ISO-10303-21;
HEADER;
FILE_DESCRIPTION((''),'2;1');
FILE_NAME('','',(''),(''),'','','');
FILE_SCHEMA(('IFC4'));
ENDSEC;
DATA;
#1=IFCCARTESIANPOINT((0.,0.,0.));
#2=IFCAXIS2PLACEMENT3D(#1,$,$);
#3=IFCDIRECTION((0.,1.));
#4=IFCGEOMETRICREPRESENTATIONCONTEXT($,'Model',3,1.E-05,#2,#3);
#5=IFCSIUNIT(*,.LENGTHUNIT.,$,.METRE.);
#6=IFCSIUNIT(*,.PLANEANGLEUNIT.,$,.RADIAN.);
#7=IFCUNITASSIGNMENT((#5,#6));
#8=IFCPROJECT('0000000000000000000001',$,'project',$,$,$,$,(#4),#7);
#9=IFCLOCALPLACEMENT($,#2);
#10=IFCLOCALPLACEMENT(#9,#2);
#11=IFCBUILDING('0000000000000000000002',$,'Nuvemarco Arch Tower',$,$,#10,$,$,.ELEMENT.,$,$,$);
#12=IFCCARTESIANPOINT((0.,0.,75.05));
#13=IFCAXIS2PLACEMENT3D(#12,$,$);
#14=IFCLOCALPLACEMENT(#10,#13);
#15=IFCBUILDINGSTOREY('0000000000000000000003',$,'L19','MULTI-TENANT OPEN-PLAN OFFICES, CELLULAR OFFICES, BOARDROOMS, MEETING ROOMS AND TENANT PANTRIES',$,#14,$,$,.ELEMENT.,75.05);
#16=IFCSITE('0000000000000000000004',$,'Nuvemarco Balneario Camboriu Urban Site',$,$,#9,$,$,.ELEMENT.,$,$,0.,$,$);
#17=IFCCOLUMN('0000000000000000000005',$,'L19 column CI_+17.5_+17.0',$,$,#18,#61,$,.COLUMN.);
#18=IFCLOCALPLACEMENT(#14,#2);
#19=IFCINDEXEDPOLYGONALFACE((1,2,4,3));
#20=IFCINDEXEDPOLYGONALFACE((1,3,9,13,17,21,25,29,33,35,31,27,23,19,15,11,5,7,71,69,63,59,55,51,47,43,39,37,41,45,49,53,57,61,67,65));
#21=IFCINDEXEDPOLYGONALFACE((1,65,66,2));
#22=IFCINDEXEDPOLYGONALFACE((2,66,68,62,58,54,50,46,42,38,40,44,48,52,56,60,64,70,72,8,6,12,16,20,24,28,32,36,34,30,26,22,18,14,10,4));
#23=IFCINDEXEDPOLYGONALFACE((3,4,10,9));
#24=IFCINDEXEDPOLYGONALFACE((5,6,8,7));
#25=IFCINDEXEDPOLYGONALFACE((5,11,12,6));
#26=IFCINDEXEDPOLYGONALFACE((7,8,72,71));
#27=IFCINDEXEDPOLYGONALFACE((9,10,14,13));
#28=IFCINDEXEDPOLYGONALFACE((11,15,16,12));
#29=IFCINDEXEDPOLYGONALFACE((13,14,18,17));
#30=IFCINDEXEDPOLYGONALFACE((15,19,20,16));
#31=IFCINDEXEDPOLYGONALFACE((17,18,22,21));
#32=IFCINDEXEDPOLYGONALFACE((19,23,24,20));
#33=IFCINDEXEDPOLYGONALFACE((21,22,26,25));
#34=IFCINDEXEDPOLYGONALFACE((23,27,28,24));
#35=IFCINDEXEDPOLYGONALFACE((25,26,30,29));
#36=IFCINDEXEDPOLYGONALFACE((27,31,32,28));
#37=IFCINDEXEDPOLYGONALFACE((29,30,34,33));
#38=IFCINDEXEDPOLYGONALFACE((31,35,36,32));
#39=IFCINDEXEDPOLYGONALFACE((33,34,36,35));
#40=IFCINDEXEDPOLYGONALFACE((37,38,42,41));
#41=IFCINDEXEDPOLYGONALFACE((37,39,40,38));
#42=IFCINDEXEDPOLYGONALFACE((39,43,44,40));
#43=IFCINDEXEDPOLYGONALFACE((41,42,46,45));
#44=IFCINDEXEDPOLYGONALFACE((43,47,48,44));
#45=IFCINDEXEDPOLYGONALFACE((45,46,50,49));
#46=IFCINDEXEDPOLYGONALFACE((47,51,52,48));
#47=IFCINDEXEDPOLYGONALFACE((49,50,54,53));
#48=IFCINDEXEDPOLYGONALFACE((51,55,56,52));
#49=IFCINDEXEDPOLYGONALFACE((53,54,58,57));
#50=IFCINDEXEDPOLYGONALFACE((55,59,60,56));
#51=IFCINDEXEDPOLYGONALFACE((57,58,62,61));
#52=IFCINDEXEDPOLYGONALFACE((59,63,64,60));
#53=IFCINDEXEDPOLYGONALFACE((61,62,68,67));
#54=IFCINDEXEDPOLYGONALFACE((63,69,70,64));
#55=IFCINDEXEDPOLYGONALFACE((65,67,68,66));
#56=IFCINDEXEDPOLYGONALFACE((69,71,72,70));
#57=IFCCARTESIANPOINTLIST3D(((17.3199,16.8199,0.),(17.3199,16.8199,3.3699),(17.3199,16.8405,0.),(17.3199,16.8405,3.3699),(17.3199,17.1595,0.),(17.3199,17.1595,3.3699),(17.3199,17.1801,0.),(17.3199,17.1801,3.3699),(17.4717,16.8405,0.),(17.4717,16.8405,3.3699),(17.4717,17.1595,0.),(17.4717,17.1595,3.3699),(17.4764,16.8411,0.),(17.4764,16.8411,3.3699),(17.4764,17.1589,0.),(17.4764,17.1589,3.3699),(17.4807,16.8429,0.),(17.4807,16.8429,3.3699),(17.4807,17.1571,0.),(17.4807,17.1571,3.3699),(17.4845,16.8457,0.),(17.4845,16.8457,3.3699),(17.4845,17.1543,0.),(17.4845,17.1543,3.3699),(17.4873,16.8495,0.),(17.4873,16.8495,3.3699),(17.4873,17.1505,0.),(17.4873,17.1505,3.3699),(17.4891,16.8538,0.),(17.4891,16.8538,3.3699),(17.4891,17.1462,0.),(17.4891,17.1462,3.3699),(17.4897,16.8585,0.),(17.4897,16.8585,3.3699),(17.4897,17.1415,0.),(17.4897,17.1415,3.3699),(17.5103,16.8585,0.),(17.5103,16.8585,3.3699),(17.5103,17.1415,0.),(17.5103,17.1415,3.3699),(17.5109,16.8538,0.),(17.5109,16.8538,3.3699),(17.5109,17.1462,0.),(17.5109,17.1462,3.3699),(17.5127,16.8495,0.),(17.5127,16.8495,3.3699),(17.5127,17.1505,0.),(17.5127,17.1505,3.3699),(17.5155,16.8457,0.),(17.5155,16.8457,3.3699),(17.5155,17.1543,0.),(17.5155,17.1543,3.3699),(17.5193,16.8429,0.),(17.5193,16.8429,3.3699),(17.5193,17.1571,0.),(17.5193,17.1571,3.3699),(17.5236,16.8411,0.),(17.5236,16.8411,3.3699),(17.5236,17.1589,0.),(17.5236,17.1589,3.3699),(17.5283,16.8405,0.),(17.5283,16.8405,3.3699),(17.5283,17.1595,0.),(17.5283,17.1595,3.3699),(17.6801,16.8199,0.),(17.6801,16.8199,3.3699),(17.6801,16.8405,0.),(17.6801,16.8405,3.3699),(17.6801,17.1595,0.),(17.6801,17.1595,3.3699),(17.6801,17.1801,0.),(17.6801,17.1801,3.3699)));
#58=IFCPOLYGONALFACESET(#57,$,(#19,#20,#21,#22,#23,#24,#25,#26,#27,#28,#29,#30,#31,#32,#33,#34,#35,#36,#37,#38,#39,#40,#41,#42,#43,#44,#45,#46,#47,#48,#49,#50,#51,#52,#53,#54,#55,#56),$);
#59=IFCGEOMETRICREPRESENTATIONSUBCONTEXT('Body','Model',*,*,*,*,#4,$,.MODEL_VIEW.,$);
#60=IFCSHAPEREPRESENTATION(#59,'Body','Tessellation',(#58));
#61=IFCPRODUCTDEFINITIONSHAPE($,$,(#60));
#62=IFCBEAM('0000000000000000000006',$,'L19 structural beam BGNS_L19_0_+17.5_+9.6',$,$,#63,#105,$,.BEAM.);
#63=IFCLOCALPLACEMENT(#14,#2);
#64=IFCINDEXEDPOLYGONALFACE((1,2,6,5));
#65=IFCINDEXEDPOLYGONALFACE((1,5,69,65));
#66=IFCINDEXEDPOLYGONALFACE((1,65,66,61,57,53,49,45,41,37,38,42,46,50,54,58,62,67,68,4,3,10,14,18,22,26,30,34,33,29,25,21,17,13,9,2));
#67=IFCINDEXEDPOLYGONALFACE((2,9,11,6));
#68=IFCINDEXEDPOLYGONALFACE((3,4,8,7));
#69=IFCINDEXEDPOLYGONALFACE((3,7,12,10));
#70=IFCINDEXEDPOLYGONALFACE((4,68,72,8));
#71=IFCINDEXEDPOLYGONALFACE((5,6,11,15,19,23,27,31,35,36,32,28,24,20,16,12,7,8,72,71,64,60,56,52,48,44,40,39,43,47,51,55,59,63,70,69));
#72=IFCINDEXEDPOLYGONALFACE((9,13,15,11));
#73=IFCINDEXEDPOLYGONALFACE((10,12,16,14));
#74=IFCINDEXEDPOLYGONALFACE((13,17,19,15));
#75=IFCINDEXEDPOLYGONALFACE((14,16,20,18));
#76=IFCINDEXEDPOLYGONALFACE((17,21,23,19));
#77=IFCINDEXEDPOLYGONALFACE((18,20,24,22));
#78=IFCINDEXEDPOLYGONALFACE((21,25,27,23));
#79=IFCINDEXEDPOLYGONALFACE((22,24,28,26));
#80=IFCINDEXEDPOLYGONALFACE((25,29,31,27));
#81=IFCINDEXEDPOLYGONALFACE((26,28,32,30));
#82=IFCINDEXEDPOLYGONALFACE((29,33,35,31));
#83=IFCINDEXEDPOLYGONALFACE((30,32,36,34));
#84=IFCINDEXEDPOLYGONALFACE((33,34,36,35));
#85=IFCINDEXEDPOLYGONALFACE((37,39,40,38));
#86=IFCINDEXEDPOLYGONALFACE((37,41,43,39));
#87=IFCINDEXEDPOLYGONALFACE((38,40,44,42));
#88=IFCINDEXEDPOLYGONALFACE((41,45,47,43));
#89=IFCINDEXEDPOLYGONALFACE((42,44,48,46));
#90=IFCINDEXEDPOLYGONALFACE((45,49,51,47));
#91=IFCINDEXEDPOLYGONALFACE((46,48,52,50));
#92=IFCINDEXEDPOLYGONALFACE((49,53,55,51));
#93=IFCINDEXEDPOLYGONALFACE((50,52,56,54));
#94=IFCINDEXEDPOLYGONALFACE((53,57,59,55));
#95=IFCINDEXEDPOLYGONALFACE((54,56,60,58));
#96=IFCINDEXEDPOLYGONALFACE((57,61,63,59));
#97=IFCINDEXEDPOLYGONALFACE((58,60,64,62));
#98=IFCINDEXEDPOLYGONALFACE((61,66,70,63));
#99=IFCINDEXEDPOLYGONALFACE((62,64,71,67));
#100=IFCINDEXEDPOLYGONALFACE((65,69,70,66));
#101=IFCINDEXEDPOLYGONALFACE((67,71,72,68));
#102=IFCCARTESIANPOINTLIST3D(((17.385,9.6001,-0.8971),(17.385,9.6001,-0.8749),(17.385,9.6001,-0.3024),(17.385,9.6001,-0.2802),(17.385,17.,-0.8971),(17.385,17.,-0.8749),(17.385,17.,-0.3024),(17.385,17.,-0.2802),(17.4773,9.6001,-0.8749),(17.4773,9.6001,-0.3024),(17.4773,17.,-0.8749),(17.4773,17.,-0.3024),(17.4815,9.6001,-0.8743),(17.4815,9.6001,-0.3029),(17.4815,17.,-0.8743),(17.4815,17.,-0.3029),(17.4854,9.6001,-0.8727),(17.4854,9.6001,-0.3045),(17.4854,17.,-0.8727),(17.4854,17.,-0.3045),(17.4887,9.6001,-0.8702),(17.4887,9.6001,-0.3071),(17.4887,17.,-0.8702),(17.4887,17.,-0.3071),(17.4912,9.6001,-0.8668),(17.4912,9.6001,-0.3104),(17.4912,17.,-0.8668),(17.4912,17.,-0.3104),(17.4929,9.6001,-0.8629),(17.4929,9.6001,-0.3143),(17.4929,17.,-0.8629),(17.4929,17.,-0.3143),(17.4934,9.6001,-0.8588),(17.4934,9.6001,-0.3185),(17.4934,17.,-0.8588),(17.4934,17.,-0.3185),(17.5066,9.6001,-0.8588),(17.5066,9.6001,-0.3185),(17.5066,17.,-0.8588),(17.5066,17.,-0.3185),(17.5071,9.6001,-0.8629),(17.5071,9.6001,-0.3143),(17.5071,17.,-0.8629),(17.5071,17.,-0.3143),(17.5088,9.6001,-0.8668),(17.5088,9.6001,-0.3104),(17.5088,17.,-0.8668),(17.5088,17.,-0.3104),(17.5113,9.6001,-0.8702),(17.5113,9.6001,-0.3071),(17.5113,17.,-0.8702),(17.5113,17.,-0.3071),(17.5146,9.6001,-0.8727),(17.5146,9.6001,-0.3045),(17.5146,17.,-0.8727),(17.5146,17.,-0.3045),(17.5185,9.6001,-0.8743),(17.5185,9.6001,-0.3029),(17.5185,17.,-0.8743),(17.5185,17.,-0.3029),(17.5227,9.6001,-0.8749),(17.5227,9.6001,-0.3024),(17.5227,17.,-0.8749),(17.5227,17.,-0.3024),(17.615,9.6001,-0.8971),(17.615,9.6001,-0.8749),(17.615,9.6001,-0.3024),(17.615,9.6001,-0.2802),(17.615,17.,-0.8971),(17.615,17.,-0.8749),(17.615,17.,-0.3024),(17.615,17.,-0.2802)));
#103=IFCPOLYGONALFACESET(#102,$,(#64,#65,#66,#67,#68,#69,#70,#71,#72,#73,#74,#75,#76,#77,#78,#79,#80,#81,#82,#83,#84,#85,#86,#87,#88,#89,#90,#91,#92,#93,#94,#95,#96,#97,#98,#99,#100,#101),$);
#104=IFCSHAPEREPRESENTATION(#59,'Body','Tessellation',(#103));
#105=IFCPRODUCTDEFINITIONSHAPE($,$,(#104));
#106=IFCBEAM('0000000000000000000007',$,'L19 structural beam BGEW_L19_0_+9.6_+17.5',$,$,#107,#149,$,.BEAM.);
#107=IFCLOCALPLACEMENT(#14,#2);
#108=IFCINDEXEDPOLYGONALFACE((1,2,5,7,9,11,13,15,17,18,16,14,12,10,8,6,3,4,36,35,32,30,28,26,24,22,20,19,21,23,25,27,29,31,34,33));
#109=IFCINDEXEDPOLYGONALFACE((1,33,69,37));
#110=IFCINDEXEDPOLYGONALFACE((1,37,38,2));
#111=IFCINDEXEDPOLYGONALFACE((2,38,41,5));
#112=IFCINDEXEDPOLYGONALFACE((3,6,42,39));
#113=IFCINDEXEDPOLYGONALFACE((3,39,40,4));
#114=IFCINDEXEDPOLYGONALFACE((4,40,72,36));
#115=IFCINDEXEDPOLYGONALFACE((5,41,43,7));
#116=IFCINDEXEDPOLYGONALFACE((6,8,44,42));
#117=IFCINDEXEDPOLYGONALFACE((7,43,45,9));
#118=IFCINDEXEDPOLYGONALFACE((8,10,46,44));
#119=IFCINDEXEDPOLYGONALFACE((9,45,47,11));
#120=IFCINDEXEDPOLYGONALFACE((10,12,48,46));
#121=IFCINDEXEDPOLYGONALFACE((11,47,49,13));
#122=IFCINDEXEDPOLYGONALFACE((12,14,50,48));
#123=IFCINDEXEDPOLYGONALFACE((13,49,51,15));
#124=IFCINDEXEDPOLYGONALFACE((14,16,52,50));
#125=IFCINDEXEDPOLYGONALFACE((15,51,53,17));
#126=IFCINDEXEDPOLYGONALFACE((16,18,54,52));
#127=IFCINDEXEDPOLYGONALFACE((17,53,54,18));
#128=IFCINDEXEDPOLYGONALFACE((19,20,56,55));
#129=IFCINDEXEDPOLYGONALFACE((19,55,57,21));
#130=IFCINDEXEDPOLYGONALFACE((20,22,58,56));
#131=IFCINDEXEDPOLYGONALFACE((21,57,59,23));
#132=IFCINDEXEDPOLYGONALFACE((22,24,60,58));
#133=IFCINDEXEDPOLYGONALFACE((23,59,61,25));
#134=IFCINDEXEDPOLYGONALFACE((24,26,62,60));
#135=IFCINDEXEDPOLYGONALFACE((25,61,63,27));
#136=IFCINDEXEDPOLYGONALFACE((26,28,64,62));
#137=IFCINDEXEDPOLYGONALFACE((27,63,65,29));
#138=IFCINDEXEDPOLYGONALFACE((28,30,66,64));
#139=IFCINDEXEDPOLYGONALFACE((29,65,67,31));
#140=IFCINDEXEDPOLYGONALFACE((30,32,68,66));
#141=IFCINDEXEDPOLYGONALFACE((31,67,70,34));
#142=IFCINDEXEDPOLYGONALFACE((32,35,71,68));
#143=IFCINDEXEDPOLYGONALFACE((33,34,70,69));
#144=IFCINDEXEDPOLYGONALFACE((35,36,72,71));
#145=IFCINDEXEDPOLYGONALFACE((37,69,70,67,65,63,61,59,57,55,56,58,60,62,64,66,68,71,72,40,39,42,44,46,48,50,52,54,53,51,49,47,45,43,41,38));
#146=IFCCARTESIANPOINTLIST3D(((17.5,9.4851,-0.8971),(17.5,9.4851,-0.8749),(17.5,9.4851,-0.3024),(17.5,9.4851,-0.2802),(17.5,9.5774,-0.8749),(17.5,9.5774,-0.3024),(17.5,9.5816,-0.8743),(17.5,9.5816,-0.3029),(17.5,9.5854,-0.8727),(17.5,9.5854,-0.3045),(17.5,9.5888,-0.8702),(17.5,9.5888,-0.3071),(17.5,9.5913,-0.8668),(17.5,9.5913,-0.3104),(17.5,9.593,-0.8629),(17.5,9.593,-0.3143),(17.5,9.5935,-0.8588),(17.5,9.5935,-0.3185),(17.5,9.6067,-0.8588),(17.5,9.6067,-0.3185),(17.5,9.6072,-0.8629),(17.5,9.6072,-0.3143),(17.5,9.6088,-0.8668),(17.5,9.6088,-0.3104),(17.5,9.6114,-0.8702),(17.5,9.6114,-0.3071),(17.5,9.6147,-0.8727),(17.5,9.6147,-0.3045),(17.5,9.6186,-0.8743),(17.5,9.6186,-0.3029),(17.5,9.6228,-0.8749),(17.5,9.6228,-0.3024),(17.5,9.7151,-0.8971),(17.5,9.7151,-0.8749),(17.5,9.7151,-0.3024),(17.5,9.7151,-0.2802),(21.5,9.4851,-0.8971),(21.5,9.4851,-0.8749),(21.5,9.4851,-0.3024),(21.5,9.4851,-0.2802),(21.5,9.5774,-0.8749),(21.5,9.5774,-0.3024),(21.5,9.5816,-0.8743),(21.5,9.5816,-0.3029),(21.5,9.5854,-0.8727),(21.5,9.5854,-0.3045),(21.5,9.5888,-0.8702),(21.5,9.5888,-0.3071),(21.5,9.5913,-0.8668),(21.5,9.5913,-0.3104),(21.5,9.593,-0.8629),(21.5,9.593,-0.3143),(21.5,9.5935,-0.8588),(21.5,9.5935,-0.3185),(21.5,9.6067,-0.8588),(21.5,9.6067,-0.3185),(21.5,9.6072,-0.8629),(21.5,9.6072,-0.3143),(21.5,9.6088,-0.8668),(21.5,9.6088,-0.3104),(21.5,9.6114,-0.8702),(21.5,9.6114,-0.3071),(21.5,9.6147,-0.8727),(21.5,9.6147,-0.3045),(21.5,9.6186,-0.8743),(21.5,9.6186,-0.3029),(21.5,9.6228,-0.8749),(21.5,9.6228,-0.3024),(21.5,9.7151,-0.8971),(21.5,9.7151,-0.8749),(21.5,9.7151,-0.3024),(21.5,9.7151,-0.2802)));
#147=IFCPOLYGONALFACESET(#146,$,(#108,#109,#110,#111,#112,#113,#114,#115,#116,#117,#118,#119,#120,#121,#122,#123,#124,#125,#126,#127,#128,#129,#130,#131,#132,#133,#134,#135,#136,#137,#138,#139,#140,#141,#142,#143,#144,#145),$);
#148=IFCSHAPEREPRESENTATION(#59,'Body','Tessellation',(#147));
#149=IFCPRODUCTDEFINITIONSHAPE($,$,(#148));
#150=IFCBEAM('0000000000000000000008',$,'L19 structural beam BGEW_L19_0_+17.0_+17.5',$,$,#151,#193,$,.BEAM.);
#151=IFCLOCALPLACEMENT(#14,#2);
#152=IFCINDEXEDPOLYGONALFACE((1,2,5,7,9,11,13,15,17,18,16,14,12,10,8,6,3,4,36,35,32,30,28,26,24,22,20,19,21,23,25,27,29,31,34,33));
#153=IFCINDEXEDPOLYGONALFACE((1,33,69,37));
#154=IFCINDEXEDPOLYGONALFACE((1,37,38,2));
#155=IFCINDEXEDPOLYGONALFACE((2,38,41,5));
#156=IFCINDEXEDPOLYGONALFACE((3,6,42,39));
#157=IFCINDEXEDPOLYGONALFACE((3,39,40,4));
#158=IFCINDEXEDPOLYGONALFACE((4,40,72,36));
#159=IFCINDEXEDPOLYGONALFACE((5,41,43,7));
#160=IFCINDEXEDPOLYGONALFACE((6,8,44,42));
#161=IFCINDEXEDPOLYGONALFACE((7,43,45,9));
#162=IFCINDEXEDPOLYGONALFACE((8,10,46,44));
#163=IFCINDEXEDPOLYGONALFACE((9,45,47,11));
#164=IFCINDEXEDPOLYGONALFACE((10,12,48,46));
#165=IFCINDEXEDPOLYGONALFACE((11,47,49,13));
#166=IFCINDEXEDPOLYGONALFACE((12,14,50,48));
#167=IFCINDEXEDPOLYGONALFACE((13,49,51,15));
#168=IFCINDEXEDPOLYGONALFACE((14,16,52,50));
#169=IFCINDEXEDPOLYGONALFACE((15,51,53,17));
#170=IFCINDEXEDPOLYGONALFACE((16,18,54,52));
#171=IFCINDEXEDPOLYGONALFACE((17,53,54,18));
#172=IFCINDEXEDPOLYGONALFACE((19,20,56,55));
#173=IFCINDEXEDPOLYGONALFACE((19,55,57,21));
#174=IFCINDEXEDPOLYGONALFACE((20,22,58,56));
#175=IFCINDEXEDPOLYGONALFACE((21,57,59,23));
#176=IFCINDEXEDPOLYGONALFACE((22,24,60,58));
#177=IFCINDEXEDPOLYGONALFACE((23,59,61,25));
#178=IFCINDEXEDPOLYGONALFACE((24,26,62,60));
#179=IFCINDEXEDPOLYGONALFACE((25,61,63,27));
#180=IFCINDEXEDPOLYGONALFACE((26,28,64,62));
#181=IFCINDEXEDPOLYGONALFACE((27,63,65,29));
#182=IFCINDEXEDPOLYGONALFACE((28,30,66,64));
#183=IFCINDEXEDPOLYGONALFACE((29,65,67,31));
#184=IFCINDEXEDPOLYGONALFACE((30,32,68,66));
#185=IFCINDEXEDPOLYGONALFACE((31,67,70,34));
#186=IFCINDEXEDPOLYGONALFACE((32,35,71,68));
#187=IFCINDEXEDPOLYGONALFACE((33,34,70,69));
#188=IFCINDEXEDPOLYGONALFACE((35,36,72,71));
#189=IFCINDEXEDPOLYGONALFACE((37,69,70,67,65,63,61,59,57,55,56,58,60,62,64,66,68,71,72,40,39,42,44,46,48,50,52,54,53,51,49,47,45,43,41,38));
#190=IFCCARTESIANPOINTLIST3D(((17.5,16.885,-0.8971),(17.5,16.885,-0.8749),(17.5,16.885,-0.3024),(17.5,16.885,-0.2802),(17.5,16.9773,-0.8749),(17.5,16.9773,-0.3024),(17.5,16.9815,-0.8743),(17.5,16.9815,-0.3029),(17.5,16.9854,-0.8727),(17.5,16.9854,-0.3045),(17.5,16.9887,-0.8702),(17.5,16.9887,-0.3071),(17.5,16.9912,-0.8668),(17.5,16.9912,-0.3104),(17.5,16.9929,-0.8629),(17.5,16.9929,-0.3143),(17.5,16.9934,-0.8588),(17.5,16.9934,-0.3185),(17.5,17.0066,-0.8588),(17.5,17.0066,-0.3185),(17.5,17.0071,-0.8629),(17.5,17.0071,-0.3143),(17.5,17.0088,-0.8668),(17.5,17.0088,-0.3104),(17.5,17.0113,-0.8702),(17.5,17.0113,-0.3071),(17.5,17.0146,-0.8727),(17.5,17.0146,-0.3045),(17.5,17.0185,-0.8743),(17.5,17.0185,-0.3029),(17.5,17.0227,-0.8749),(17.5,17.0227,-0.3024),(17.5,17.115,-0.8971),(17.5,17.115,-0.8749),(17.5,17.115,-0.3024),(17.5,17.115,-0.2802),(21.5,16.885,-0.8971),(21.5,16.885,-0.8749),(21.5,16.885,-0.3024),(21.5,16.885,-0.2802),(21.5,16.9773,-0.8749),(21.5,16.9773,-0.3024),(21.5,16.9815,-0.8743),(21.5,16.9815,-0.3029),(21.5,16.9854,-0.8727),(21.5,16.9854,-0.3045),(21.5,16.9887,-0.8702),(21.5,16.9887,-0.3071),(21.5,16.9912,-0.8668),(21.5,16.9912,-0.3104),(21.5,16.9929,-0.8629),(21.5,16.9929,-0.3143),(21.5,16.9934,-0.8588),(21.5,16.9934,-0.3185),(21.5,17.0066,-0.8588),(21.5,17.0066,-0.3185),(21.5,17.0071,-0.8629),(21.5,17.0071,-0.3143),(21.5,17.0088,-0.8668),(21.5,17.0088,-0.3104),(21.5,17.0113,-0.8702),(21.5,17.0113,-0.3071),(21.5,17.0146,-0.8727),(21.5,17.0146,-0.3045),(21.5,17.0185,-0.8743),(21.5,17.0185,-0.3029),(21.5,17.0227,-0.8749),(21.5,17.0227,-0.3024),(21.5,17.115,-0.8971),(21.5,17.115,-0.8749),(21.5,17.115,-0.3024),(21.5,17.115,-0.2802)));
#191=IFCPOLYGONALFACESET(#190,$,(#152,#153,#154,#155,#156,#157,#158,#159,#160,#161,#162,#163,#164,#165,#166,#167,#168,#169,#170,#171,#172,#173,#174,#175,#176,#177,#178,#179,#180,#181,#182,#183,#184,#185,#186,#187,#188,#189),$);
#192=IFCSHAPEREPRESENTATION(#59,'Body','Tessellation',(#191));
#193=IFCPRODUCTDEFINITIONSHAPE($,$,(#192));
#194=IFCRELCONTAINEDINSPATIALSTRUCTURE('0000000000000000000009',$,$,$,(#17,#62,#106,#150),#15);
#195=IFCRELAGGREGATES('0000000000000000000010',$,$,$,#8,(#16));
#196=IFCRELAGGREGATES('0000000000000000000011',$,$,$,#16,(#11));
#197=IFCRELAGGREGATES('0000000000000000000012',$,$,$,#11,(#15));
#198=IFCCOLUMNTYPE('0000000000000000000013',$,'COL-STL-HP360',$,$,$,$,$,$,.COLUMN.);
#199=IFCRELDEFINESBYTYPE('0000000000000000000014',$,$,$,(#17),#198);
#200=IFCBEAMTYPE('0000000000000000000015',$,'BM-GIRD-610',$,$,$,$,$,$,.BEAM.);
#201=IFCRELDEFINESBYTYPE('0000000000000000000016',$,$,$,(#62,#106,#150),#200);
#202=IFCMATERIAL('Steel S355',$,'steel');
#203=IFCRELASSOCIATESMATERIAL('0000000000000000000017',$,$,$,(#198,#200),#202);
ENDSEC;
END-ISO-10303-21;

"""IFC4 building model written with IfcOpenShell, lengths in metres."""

from ifc_helpers import new_model, si_unit, direction, frame, origin, origin_2d, place, context, subcontext, project, spatial, i_section, extrude, material, material_profile, profile_set, type_object, element, save


model = new_model("IFC4")

# Units and contexts
model_context = context("Model", 3, precision=1e-05, world=origin(), true_north=direction((0.0, 1.0)))
body_context = subcontext(model_context, "Body", "Model", "MODEL_VIEW")
ifc_project = project(units=[si_unit("LENGTHUNIT", "METRE"), si_unit("PLANEANGLEUNIT", "RADIAN")], contexts=[model_context])

# Site, building, storey
site_placement = place(None, origin())
site = spatial("IfcSite", under=ifc_project, at=site_placement, Name="Nuvemarco Balneario Camboriu Urban Site", CompositionType="ELEMENT", RefElevation=0.0)
building_placement = place(site_placement, origin())
building = spatial("IfcBuilding", under=site, at=building_placement, Name="Nuvemarco Arch Tower", CompositionType="ELEMENT")
storey_placement = place(building_placement, frame((0.0, 0.0, 75.05)))
storey = spatial("IfcBuildingStorey", under=building, at=storey_placement, Name="L19", Description="MULTI-TENANT OPEN-PLAN OFFICES, CELLULAR OFFICES, BOARDROOMS, MEETING ROOMS AND TENANT PANTRIES", CompositionType="ELEMENT", Elevation=75.05)

# Column
ifc_material_1 = material(Name="Steel S355", Category="steel")
ifc_material_profile_1 = material_profile(ifc_material_1, i_section(OverallWidth=0.3601, OverallDepth=0.3601, WebThickness=0.0205, FlangeThickness=0.0205, FilletRadius=0.0181, at=origin_2d()), Name="HP360x174")
ifc_profile_set_1 = profile_set([ifc_material_profile_1], Name="Steel S355")
column_type_1 = type_object("IfcColumnType", Name="COL-STL-HP360", PredefinedType="COLUMN", material=ifc_profile_set_1)
column_1_placement = place(storey_placement, frame((17.5, 17.0, 0.0), z_axis=(0.0, 0.0, 1.0), x_axis=(1.0, 0.0, 0.0)))
element("IfcColumn", 1, at=column_1_placement, inside=storey, type_object=column_type_1, Name="L19 column CI_+17.5_+17.0", PredefinedType="COLUMN", context=body_context, shape_type="SweptSolid", body=[
    extrude(i_section(OverallWidth=0.3601, OverallDepth=0.3601, WebThickness=0.0205, FlangeThickness=0.0205, FilletRadius=0.0181, at=origin_2d()), origin(), (0.0, 0.0, 1.0), 3.3699),
])

# Beams
ifc_material_profile_2 = material_profile(ifc_material_1, i_section(OverallWidth=0.23, OverallDepth=0.6169, WebThickness=0.0132, FlangeThickness=0.0222, FilletRadius=0.0161, at=origin_2d()), Name="W610x140")
ifc_profile_set_2 = profile_set([ifc_material_profile_2], Name="Steel S355")
beam_type_1 = type_object("IfcBeamType", Name="BM-GIRD-610", PredefinedType="BEAM", material=ifc_profile_set_2)
beam_1_placement = place(storey_placement, frame((17.5, 9.6001, -0.5886), z_axis=(0.0, 1.0, 0.0), x_axis=(-1.0, 0.0, 0.0)))
element("IfcBeam", 2, at=beam_1_placement, inside=storey, type_object=beam_type_1, Name="L19 structural beam BGNS_L19_0_+17.5_+9.6", PredefinedType="BEAM", context=body_context, shape_type="SweptSolid", body=[
    extrude(i_section(OverallWidth=0.23, OverallDepth=0.6169, WebThickness=0.0132, FlangeThickness=0.0222, FilletRadius=0.0161, at=origin_2d()), origin(), (0.0, 0.0, 1.0), 7.3999),
])
for number, where, z_axis, x_axis, name in (
    (3, (17.5, 9.6001, -0.5886), (1.0, 0.0, 0.0), (0.0, 1.0, 0.0), "L19 structural beam BGEW_L19_0_+9.6_+17.5"),
    (4, (17.5, 17.0, -0.5886), (1.0, 0.0, 0.0), (0.0, 1.0, 0.0), "L19 structural beam BGEW_L19_0_+17.0_+17.5"),
):
    element("IfcBeam", number, at=place(storey_placement, frame(where, z_axis=z_axis, x_axis=x_axis)), inside=storey, type_object=beam_type_1, Name=name, PredefinedType="BEAM", context=body_context, shape_type="SweptSolid", body=[
        extrude(i_section(OverallWidth=0.23, OverallDepth=0.6169, WebThickness=0.0132, FlangeThickness=0.0222, FilletRadius=0.0161, at=origin_2d()), origin(), (0.0, 0.0, 1.0), 4.0),
    ])

save(model, "model.ifc")
